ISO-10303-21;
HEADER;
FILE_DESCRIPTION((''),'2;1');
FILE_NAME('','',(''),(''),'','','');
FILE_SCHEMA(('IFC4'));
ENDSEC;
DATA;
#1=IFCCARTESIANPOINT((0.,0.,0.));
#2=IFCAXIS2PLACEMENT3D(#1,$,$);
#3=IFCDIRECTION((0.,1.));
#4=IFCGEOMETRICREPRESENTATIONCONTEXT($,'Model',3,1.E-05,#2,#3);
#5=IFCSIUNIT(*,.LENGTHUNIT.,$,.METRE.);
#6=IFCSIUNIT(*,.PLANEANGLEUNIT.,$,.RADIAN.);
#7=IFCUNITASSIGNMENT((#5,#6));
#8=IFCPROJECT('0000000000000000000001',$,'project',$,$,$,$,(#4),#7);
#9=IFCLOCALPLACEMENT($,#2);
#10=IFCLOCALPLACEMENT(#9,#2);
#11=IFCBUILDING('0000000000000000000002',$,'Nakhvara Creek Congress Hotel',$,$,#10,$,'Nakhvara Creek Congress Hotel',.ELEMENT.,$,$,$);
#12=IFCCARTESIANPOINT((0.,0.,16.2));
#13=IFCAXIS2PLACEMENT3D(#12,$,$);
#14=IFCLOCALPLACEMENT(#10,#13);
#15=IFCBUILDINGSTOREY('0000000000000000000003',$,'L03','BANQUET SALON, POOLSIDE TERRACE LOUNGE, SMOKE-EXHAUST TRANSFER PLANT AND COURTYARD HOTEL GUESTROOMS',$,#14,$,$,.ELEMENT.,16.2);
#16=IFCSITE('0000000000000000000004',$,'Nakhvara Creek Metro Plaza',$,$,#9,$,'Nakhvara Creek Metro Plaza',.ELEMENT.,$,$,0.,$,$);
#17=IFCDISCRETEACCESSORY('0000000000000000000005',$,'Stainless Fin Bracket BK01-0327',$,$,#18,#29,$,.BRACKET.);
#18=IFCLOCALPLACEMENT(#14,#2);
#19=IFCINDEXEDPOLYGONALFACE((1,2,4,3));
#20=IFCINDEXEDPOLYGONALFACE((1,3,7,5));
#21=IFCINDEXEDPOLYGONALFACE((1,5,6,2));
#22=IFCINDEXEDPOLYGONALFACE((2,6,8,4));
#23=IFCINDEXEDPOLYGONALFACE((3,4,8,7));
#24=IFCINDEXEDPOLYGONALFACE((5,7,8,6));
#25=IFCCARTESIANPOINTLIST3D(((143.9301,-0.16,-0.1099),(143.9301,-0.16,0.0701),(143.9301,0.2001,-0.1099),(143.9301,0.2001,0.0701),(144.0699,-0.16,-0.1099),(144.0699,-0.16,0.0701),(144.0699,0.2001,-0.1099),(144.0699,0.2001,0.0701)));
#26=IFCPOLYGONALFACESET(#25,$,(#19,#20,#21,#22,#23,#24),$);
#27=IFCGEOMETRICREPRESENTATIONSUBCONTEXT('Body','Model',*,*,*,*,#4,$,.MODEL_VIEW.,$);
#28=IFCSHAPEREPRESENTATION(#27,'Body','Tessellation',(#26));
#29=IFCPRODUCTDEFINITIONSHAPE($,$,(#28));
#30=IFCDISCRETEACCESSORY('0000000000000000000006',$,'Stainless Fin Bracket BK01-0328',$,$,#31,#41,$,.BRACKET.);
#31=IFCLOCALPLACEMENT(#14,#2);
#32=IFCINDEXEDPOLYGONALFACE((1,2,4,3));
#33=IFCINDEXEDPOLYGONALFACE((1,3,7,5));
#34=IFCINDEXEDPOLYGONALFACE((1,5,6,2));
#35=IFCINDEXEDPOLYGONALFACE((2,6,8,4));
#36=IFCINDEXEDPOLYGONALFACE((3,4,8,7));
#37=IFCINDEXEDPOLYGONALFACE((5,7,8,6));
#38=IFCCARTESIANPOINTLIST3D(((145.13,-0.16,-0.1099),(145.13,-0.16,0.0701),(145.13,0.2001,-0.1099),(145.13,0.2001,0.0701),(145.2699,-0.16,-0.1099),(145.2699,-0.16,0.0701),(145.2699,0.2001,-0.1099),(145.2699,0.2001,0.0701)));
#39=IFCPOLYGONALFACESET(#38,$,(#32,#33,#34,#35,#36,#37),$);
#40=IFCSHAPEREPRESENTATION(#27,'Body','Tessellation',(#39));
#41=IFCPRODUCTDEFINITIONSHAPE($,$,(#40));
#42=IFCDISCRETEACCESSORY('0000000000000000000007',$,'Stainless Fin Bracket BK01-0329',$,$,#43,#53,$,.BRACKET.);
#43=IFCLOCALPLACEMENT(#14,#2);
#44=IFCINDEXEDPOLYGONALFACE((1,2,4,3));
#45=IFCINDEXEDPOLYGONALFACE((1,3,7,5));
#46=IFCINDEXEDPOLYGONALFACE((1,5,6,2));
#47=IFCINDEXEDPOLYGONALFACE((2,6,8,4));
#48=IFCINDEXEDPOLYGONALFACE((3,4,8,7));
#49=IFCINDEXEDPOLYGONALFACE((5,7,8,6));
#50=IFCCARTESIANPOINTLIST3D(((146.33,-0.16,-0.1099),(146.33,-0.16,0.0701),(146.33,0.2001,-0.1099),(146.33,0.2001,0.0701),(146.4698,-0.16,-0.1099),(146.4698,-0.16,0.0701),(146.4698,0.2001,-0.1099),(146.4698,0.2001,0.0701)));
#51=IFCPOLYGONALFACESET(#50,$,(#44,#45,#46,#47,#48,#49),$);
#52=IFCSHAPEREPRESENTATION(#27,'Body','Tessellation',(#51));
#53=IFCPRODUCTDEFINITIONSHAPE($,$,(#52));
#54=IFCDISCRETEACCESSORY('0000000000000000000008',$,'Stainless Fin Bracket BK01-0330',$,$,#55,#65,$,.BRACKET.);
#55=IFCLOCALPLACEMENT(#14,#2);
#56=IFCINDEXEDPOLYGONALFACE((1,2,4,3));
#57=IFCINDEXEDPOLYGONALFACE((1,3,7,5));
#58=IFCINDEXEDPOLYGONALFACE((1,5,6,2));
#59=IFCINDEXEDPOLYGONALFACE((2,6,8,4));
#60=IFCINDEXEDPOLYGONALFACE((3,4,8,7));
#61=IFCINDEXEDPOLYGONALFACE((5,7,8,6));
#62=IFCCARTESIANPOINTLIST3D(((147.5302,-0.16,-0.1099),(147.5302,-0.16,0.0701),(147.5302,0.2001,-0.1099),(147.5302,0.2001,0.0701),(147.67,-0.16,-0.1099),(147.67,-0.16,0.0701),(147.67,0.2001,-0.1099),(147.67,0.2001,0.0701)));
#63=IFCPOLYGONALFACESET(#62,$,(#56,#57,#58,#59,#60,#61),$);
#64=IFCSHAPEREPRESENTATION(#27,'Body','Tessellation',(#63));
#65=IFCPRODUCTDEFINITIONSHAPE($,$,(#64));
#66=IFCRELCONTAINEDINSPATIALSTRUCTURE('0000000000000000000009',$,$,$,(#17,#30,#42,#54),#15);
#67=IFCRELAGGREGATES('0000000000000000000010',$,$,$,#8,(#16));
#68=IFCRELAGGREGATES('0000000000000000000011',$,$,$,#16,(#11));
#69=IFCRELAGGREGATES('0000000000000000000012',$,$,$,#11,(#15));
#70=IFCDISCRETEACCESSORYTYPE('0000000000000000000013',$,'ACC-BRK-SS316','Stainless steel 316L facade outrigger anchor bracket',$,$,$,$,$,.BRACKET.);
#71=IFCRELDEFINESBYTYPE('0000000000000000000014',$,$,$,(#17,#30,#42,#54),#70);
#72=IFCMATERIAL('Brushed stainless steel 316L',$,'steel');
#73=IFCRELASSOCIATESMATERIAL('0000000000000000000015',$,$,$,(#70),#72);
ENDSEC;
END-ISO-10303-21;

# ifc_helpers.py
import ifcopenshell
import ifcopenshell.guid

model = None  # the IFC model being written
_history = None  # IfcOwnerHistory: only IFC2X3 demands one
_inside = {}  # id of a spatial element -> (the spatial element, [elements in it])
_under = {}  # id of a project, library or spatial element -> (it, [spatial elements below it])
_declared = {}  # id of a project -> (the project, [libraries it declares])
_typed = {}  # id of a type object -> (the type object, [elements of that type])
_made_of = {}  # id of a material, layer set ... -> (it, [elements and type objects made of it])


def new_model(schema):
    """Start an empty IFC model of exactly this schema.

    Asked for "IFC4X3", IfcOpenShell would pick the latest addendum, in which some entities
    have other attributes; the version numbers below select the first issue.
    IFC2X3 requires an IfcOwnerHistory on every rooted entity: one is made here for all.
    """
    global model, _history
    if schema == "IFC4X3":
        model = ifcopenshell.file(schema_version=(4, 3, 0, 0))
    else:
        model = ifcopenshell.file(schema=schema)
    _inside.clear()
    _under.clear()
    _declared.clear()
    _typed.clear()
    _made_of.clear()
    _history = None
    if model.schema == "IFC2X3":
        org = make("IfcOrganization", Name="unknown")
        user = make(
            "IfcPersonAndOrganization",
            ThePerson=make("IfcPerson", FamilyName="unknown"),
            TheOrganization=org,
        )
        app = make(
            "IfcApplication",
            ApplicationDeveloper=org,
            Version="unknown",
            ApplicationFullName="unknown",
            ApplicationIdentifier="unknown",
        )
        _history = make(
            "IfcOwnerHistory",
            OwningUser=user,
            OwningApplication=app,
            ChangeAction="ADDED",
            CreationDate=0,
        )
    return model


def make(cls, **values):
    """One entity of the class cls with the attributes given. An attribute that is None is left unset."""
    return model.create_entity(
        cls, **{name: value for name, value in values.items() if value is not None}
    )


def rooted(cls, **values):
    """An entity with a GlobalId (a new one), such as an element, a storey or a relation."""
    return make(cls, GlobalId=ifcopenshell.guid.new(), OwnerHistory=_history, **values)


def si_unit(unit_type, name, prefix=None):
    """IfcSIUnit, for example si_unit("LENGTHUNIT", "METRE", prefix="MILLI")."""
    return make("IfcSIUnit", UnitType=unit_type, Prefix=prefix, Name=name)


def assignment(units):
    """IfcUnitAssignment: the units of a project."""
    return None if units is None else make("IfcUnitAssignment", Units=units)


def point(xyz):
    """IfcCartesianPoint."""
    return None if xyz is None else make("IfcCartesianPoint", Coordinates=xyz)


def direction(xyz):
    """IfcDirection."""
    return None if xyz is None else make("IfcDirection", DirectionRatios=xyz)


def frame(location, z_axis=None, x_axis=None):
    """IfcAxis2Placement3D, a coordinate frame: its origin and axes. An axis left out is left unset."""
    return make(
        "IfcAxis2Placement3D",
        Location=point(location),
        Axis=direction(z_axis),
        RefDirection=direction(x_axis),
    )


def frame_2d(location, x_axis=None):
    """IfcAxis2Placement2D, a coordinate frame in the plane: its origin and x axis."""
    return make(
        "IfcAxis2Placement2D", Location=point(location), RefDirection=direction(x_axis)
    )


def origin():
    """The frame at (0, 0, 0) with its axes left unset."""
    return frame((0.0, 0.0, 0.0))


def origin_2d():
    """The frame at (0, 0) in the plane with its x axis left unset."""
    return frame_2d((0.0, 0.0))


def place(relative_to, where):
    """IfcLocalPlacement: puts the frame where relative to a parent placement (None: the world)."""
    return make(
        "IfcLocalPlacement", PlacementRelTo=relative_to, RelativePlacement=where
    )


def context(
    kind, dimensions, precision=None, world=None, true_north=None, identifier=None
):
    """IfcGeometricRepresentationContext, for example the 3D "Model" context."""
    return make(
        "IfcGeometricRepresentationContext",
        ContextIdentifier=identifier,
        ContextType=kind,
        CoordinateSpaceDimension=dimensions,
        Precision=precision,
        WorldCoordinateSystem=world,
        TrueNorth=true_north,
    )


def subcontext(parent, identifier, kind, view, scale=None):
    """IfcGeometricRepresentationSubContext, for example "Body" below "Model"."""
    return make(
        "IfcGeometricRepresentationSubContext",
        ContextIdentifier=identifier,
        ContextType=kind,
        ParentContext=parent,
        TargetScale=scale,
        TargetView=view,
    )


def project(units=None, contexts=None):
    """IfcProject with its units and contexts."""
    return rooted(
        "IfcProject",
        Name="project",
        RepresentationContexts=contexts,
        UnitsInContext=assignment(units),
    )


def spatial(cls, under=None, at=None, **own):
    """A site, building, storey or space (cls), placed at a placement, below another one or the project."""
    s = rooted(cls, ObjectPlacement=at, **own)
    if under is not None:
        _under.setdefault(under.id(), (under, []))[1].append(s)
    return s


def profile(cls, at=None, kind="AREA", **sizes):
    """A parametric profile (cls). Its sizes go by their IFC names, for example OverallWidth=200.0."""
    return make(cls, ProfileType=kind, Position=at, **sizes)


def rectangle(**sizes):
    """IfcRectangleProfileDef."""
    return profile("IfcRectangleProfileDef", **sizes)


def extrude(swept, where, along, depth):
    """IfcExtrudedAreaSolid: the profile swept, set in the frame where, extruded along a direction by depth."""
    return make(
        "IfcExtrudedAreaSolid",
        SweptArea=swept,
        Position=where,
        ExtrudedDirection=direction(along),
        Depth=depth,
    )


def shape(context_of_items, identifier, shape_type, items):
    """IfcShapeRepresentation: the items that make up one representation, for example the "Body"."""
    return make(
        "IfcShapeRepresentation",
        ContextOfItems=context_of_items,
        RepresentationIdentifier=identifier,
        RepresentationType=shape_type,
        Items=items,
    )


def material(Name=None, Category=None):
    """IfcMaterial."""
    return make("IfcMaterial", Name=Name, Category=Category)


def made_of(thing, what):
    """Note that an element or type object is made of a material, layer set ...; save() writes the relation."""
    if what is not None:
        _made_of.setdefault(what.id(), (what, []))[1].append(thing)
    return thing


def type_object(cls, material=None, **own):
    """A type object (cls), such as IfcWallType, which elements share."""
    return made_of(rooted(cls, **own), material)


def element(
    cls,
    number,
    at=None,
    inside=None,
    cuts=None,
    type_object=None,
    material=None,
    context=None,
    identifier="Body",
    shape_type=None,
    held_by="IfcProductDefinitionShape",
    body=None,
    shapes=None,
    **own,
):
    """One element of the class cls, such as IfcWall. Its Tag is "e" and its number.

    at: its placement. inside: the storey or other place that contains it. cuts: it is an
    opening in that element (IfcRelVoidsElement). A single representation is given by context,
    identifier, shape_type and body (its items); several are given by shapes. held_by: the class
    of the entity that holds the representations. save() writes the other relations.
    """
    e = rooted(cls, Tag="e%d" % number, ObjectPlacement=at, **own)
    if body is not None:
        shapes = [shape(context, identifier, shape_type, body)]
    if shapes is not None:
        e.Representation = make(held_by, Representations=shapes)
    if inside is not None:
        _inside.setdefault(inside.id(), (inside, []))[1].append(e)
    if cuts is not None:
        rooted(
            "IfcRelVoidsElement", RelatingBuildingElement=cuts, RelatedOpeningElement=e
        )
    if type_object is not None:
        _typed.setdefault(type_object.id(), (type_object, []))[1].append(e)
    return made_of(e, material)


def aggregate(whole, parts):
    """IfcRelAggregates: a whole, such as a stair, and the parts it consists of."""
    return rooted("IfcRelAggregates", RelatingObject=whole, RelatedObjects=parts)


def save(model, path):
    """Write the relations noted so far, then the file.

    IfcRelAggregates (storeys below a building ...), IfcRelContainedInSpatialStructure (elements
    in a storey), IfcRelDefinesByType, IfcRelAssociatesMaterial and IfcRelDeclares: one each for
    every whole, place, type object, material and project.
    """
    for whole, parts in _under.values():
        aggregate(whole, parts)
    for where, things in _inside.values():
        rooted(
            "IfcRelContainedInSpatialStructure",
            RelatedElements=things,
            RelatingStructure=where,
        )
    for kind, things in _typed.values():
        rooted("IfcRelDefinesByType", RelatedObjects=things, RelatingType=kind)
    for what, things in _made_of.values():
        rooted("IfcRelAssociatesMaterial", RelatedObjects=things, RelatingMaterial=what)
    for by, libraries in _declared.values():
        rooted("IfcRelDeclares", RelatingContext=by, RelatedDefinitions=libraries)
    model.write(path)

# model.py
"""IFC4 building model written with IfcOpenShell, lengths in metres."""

from ifc_helpers import new_model, si_unit, direction, frame, origin, origin_2d, place, context, subcontext, project, spatial, rectangle, extrude, material, type_object, element, save


model = new_model("IFC4")

# Units and contexts
model_context = context("Model", 3, precision=1e-05, world=origin(), true_north=direction((0.0, 1.0)))
body_context = subcontext(model_context, "Body", "Model", "MODEL_VIEW")
ifc_project = project(units=[si_unit("LENGTHUNIT", "METRE"), si_unit("PLANEANGLEUNIT", "RADIAN")], contexts=[model_context])

# Site, building, storey
site_placement = place(None, origin())
site = spatial("IfcSite", under=ifc_project, at=site_placement, Name="Nakhvara Creek Metro Plaza", LongName="Nakhvara Creek Metro Plaza", CompositionType="ELEMENT", RefElevation=0.0)
building_placement = place(site_placement, origin())
building = spatial("IfcBuilding", under=site, at=building_placement, Name="Nakhvara Creek Congress Hotel", LongName="Nakhvara Creek Congress Hotel", CompositionType="ELEMENT")
storey_placement = place(building_placement, frame((0.0, 0.0, 16.2)))
storey = spatial("IfcBuildingStorey", under=building, at=storey_placement, Name="L03", Description="BANQUET SALON, POOLSIDE TERRACE LOUNGE, SMOKE-EXHAUST TRANSFER PLANT AND COURTYARD HOTEL GUESTROOMS", CompositionType="ELEMENT", Elevation=16.2)

# Discrete accessories
ifc_material_1 = material(Name="Brushed stainless steel 316L", Category="steel")
discrete_accessory_type = type_object("IfcDiscreteAccessoryType", Name="ACC-BRK-SS316", Description="Stainless steel 316L facade outrigger anchor bracket", PredefinedType="BRACKET", material=ifc_material_1)
for number, where, z_axis, x_axis, name in (
    (1, (144.0, 0.02, -0.1099), (0.0, 0.0, 1.0), (1.0, 0.0, 0.0), "Stainless Fin Bracket BK01-0327"),
    (2, (145.2, 0.02, -0.1099), (0.0, 0.0, 1.0), (1.0, 0.0, 0.0), "Stainless Fin Bracket BK01-0328"),
    (3, (146.3999, 0.02, -0.1099), (0.0, 0.0, 1.0), (1.0, 0.0, 0.0), "Stainless Fin Bracket BK01-0329"),
    (4, (147.6001, 0.02, -0.1099), (0.0, 0.0, 1.0), (1.0, 0.0, 0.0), "Stainless Fin Bracket BK01-0330"),
):
    element("IfcDiscreteAccessory", number, at=place(storey_placement, frame(where, z_axis=z_axis, x_axis=x_axis)), inside=storey, type_object=discrete_accessory_type, Name=name, PredefinedType="BRACKET", context=body_context, shape_type="SweptSolid", body=[
        extrude(rectangle(XDim=0.1399, YDim=0.3601, at=origin_2d()), origin(), (0.0, 0.0, 1.0), 0.1799),
    ])

save(model, "model.ifc")
